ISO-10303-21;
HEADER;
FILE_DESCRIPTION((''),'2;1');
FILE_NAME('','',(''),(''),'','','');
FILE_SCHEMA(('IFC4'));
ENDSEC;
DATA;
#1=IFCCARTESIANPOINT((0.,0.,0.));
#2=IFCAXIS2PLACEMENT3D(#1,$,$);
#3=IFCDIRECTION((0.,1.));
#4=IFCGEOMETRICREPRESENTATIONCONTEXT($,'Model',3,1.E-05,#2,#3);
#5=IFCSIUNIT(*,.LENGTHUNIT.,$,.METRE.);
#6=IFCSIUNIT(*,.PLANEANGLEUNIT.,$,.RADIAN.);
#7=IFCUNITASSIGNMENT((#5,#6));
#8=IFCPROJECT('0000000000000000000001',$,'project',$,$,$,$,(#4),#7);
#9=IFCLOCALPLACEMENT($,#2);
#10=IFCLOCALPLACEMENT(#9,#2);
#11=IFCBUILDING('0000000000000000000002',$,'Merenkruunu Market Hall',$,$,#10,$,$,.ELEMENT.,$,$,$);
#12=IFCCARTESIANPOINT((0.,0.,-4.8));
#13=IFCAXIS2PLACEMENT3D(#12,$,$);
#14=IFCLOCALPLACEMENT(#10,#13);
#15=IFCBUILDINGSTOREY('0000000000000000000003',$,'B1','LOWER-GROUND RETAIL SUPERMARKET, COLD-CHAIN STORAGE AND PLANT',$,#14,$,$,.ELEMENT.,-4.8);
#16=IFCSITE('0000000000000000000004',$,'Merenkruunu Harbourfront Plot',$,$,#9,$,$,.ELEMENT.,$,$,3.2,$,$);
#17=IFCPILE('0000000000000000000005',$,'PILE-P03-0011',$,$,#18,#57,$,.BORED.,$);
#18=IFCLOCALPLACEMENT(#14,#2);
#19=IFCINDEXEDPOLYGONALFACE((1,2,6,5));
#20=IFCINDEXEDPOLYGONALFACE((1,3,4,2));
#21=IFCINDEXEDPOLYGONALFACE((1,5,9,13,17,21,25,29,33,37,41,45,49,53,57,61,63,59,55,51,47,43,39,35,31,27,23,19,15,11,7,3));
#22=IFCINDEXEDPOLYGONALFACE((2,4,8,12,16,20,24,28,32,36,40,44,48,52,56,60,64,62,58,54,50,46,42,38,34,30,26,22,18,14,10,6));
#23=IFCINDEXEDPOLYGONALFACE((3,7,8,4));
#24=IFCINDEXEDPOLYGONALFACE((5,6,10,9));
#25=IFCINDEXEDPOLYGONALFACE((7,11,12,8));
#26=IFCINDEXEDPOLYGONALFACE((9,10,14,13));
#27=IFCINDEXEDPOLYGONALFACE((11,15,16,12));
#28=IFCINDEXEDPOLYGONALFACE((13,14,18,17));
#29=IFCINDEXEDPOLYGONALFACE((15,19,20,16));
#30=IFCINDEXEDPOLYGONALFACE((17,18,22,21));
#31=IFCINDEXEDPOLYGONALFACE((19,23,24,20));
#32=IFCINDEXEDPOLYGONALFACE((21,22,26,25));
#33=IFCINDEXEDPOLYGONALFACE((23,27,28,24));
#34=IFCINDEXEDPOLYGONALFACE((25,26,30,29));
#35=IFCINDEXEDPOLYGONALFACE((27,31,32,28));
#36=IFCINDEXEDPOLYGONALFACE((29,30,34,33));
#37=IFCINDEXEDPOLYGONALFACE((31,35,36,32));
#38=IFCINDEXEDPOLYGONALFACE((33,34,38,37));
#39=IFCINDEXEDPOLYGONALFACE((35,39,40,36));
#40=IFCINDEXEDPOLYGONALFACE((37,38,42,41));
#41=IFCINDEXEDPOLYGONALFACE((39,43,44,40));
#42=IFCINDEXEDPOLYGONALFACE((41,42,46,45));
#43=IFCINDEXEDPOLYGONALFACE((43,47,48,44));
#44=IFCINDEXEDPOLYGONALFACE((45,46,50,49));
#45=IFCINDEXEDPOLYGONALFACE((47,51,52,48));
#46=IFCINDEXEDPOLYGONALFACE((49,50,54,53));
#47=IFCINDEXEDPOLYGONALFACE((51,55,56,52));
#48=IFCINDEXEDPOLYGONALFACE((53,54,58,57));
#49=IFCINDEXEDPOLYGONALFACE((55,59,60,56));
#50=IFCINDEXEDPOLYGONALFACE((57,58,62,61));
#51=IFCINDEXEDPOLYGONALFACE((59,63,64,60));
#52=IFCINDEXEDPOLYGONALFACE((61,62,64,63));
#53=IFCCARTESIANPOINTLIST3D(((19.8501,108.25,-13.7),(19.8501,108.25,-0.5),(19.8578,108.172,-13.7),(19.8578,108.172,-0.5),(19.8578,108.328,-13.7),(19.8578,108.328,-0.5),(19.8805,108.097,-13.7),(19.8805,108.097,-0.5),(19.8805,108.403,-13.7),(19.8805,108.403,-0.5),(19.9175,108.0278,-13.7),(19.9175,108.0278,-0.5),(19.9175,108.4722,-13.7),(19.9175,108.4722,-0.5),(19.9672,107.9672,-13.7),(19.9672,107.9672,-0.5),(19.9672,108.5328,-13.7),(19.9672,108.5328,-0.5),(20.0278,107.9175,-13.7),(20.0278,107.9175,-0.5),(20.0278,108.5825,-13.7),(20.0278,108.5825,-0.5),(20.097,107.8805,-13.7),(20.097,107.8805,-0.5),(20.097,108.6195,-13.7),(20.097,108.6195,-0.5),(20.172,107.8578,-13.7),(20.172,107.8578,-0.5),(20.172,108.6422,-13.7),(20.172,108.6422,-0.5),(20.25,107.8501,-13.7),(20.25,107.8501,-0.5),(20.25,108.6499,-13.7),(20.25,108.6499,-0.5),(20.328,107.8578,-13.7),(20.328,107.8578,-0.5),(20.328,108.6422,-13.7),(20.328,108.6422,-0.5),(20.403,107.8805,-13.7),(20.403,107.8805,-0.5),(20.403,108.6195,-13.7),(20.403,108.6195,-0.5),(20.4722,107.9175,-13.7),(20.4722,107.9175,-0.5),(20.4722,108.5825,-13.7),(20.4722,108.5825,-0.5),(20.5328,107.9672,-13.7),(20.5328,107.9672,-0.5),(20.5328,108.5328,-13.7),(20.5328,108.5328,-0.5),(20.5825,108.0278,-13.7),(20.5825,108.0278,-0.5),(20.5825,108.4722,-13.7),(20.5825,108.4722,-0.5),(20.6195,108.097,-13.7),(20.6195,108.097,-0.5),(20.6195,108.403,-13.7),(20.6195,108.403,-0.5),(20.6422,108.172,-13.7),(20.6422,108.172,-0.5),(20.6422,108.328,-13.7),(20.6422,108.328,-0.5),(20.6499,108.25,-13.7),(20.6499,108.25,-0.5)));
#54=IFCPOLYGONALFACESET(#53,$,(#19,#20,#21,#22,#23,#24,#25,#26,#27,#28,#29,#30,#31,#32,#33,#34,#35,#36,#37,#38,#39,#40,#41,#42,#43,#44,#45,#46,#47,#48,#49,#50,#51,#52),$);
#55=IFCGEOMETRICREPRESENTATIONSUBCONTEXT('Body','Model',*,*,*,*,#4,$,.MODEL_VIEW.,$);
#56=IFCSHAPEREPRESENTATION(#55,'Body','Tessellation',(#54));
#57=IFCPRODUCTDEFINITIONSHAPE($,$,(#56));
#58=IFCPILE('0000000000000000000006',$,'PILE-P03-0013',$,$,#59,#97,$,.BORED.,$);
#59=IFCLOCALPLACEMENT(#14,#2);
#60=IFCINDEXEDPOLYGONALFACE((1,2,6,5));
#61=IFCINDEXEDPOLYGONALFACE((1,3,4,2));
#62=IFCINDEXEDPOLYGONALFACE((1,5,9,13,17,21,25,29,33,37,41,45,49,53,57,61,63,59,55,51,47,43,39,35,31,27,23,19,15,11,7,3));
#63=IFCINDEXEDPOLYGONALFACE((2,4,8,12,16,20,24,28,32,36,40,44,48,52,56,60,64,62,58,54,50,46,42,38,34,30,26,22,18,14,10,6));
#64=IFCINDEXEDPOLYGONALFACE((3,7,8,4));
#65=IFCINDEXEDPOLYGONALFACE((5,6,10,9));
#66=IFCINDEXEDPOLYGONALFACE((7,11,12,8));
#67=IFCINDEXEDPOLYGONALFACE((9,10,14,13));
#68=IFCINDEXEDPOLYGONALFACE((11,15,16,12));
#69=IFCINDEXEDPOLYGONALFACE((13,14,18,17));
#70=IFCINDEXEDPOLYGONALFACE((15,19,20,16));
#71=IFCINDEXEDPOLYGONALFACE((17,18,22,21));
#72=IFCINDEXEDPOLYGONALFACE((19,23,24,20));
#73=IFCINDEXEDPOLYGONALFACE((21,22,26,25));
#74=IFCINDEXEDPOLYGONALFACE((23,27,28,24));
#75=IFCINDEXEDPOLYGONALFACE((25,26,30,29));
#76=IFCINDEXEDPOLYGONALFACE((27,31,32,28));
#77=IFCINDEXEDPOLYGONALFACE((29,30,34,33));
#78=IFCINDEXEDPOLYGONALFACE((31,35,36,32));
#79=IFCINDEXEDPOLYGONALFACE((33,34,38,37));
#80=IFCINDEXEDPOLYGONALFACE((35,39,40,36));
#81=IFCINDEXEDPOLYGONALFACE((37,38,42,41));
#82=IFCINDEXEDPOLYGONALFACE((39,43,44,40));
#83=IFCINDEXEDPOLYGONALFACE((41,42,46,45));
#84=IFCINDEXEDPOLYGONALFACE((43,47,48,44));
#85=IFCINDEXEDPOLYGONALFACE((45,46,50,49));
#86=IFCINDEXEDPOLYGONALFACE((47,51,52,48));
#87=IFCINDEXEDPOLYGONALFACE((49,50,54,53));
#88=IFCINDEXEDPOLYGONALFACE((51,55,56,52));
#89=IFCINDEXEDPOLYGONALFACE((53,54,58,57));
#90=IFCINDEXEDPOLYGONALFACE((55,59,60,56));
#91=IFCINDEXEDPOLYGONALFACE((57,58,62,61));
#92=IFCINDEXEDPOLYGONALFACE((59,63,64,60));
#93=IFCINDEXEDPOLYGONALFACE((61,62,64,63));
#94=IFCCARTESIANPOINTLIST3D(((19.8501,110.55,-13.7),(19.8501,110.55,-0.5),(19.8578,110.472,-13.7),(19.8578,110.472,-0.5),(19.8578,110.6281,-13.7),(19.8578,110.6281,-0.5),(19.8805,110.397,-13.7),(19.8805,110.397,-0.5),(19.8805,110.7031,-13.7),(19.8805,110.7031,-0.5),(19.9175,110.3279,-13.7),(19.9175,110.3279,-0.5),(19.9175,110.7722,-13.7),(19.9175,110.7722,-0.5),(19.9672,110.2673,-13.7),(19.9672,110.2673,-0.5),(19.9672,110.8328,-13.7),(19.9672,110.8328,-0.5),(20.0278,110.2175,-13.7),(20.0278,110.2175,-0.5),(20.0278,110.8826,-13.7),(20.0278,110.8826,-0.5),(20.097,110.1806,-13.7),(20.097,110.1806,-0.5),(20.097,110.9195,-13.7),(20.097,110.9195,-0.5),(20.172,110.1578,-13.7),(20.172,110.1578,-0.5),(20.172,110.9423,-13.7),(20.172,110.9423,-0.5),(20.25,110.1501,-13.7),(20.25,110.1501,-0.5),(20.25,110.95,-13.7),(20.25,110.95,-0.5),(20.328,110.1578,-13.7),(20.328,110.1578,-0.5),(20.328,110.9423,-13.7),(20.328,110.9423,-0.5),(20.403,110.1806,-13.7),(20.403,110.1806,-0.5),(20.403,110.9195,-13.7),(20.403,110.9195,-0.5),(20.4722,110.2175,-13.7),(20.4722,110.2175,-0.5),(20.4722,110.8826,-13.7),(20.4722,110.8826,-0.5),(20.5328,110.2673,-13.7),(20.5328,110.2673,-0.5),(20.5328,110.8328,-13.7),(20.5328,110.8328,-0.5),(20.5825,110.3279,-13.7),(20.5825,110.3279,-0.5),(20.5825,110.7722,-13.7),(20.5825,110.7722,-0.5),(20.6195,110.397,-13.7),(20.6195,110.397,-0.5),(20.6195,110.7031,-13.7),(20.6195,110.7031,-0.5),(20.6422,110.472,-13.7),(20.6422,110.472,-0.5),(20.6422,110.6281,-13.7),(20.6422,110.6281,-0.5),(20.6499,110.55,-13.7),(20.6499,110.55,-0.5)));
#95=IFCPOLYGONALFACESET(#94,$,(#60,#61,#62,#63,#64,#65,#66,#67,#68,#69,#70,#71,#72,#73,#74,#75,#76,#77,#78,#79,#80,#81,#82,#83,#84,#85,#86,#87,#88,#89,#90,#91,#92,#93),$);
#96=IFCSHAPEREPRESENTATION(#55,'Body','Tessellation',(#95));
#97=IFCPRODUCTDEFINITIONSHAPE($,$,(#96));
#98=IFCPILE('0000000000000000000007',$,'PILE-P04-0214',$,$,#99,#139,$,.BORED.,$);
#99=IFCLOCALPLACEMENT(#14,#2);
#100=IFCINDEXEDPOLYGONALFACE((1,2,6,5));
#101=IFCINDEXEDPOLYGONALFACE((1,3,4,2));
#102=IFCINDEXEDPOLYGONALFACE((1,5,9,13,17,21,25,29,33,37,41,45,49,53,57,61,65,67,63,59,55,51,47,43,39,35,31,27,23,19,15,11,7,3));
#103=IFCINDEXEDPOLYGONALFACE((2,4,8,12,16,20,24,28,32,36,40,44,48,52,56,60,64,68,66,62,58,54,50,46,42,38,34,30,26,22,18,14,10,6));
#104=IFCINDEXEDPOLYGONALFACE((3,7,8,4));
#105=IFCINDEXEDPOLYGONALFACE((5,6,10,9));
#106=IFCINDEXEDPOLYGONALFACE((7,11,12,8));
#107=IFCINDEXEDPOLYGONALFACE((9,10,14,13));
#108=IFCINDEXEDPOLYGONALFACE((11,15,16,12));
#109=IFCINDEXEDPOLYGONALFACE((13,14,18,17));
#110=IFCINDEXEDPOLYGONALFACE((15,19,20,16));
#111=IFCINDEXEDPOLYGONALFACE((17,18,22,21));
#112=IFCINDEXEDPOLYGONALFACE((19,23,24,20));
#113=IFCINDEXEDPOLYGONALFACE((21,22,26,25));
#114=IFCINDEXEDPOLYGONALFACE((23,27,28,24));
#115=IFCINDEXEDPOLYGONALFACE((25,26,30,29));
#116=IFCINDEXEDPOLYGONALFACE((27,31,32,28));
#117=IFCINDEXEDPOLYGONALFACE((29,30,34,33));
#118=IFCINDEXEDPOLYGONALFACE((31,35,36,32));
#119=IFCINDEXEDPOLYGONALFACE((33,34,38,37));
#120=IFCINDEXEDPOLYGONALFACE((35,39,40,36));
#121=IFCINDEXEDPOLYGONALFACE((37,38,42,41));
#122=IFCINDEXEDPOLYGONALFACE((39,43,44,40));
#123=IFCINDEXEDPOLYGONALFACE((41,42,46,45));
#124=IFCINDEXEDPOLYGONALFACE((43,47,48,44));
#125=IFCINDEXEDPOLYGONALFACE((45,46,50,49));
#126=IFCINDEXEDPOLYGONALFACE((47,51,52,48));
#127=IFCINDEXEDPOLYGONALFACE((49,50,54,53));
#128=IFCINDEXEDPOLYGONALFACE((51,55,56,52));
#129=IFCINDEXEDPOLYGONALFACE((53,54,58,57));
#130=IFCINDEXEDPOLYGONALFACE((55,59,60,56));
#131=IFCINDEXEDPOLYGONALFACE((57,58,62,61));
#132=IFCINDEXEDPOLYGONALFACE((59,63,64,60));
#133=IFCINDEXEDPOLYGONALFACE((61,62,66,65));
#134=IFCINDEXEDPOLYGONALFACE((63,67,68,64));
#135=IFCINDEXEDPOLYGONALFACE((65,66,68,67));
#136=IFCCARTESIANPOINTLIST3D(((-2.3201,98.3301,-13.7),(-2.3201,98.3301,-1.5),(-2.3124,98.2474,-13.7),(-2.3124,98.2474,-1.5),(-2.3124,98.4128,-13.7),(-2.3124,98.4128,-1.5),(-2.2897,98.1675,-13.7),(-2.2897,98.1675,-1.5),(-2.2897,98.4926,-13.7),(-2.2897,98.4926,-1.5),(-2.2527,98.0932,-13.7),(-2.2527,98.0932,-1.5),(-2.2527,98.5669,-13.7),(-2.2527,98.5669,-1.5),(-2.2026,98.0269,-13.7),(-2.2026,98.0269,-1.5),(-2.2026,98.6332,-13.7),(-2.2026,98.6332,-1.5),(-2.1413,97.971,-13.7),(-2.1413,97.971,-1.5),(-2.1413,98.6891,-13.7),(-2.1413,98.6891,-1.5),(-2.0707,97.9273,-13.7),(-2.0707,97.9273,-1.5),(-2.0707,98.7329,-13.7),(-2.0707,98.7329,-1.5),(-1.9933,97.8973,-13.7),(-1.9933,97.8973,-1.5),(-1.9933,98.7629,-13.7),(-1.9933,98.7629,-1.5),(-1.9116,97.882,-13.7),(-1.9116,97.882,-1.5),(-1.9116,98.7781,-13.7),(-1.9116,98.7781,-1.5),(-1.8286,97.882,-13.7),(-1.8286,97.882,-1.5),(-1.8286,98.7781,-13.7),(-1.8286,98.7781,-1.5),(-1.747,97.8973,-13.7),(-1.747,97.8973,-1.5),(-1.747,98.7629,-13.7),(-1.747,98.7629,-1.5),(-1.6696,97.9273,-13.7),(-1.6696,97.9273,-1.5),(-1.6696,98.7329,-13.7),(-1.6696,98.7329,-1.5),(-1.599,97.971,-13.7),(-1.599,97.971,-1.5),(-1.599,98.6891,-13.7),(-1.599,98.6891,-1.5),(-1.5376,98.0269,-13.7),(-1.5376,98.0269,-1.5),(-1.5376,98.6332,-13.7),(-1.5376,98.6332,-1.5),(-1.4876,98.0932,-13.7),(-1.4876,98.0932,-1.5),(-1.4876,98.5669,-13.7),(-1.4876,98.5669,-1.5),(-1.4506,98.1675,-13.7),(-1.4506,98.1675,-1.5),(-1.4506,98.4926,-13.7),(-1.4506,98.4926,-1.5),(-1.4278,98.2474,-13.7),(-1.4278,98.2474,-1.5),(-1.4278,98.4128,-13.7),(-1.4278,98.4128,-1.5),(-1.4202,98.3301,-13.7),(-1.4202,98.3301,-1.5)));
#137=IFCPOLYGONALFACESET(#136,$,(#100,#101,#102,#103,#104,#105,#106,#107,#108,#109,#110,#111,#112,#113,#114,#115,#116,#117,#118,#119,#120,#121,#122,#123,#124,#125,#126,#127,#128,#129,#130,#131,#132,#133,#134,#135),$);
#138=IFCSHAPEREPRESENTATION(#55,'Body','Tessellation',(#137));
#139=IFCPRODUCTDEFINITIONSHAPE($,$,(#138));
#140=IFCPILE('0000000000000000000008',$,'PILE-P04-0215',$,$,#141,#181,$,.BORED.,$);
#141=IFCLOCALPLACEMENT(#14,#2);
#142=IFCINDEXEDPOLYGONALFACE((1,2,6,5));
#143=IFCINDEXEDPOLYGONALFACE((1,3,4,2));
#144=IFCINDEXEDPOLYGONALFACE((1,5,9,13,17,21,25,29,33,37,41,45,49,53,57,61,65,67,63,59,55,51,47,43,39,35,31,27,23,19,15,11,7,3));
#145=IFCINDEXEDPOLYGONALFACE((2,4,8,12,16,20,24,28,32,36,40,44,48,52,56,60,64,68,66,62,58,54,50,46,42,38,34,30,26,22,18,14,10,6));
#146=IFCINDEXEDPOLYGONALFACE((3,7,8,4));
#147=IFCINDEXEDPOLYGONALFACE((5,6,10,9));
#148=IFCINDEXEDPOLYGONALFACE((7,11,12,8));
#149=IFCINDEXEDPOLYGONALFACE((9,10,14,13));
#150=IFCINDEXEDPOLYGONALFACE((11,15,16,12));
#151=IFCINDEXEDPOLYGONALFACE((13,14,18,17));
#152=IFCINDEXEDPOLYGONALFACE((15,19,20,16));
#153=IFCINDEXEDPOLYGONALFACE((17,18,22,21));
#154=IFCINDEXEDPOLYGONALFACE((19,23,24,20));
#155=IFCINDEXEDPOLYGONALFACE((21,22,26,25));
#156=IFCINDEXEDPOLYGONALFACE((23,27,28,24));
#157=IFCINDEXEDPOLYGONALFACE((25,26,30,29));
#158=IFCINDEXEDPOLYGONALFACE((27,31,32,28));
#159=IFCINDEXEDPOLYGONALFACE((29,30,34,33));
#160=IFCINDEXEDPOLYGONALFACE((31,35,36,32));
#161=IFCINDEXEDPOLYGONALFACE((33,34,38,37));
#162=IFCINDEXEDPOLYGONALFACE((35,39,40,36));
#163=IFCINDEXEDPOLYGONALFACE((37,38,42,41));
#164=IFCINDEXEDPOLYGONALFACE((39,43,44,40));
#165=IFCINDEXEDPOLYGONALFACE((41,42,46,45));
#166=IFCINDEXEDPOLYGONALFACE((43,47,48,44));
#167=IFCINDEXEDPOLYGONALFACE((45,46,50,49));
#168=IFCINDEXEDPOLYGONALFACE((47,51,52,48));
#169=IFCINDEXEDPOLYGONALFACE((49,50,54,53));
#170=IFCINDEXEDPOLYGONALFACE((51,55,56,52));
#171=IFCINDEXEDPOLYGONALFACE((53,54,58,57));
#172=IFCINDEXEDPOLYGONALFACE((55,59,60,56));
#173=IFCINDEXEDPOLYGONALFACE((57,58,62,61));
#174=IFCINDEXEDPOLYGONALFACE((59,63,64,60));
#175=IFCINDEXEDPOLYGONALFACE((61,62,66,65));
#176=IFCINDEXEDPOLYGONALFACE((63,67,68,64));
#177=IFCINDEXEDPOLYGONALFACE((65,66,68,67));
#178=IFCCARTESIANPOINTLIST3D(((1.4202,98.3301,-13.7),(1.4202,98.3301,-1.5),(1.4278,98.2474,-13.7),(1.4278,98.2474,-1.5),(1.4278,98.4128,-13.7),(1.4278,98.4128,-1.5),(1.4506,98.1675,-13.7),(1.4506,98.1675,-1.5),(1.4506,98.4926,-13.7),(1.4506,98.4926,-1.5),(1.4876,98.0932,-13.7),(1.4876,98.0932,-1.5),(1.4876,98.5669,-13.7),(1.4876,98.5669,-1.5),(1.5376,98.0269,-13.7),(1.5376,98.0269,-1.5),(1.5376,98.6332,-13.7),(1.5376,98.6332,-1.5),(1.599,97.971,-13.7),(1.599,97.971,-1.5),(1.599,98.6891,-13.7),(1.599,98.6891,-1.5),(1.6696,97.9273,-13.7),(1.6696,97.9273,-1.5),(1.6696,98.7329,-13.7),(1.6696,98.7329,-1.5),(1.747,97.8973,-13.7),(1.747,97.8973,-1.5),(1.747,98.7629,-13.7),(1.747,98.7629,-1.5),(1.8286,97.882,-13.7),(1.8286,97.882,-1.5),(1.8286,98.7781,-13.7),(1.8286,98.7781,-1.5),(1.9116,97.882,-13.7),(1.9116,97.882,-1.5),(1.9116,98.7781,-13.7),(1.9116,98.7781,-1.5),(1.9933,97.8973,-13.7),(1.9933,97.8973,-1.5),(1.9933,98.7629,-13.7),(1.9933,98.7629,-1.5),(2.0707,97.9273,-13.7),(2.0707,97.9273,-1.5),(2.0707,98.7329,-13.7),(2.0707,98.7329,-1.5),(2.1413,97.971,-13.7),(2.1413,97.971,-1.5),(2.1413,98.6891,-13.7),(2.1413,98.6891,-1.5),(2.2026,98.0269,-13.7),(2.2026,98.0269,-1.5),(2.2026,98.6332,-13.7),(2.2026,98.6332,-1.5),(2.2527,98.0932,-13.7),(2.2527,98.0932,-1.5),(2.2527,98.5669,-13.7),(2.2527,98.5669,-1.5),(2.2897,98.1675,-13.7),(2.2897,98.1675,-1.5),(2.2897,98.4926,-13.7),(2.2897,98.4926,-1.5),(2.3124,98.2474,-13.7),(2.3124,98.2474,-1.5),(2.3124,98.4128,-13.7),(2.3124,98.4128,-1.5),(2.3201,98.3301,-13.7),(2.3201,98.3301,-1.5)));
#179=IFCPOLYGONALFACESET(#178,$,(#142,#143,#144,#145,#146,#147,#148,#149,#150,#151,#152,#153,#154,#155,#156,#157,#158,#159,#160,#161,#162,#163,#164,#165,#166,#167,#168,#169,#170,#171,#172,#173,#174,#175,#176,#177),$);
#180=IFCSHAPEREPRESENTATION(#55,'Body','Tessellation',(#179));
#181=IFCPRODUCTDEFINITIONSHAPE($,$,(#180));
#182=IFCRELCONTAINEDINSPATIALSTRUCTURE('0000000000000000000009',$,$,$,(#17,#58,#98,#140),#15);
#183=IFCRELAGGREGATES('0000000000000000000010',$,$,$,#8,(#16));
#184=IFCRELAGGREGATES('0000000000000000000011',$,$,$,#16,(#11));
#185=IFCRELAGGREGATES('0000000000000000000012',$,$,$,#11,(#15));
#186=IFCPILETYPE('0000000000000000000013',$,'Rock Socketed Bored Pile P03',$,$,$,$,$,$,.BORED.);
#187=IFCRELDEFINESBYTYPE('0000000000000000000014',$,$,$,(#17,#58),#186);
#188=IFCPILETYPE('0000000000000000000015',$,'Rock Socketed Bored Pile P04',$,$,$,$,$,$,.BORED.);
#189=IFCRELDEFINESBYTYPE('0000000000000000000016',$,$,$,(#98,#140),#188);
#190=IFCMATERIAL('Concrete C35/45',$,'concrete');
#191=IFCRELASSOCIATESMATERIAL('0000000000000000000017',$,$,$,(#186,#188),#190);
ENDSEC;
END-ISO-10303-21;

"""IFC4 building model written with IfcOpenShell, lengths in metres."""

from ifc_helpers import new_model, si_unit, direction, frame, origin, origin_2d, place, context, subcontext, project, spatial, circle, extrude, material, material_profile, profile_set, type_object, element, save


model = new_model("IFC4")

# Units and contexts
model_context = context("Model", 3, precision=1e-05, world=origin(), true_north=direction((0.0, 1.0)))
body_context = subcontext(model_context, "Body", "Model", "MODEL_VIEW")
ifc_project = project(units=[si_unit("LENGTHUNIT", "METRE"), si_unit("PLANEANGLEUNIT", "RADIAN")], contexts=[model_context])

# Site, building, storey
site_placement = place(None, origin())
site = spatial("IfcSite", under=ifc_project, at=site_placement, Name="Merenkruunu Harbourfront Plot", CompositionType="ELEMENT", RefElevation=3.2)
building_placement = place(site_placement, origin())
building = spatial("IfcBuilding", under=site, at=building_placement, Name="Merenkruunu Market Hall", CompositionType="ELEMENT")
storey_placement = place(building_placement, frame((0.0, 0.0, -4.8)))
storey = spatial("IfcBuildingStorey", under=building, at=storey_placement, Name="B1", Description="LOWER-GROUND RETAIL SUPERMARKET, COLD-CHAIN STORAGE AND PLANT", CompositionType="ELEMENT", Elevation=-4.8)

# Shared definitions
ifc_material_1 = material(Name="Concrete C35/45", Category="concrete")

# Piles
ifc_material_profile_1 = material_profile(ifc_material_1, circle(Radius=0.3999, at=origin_2d()), Name="BORED PILE 800")
ifc_profile_set_1 = profile_set([ifc_material_profile_1], Name="Concrete C35/45")
pile_type_1 = type_object("IfcPileType", Name="Rock Socketed Bored Pile P03", PredefinedType="BORED", material=ifc_profile_set_1)
for number, where, z_axis, x_axis, name in (
    (1, (20.25, 108.25, -0.5), (0.0, 0.0, -1.0), (1.0, 0.0, 0.0), "PILE-P03-0011"),
    (2, (20.25, 110.55, -0.5), (0.0, 0.0, -1.0), (1.0, 0.0, 0.0), "PILE-P03-0013"),
):
    element("IfcPile", number, at=place(storey_placement, frame(where, z_axis=z_axis, x_axis=x_axis)), inside=storey, type_object=pile_type_1, Name=name, PredefinedType="BORED", context=body_context, shape_type="SweptSolid", body=[
        extrude(circle(Radius=0.3999, at=origin_2d()), origin(), (0.0, 0.0, 1.0), 13.2),
    ])
ifc_material_profile_2 = material_profile(ifc_material_1, circle(Radius=0.45, at=origin_2d()), Name="BORED PILE 900")
ifc_profile_set_2 = profile_set([ifc_material_profile_2], Name="Concrete C35/45")
pile_type_2 = type_object("IfcPileType", Name="Rock Socketed Bored Pile P04", PredefinedType="BORED", material=ifc_profile_set_2)
for number, where, z_axis, x_axis, name in (
    (3, (-1.8701, 98.3301, -1.5), (0.0, 0.0, -1.0), (1.0, 0.0, 0.0), "PILE-P04-0214"),
    (4, (1.8701, 98.3301, -1.5), (0.0, 0.0, -1.0), (1.0, 0.0, 0.0), "PILE-P04-0215"),
):
    element("IfcPile", number, at=place(storey_placement, frame(where, z_axis=z_axis, x_axis=x_axis)), inside=storey, type_object=pile_type_2, Name=name, PredefinedType="BORED", context=body_context, shape_type="SweptSolid", body=[
        extrude(circle(Radius=0.45, at=origin_2d()), origin(), (0.0, 0.0, 1.0), 12.2),
    ])

save(model, "model.ifc")
